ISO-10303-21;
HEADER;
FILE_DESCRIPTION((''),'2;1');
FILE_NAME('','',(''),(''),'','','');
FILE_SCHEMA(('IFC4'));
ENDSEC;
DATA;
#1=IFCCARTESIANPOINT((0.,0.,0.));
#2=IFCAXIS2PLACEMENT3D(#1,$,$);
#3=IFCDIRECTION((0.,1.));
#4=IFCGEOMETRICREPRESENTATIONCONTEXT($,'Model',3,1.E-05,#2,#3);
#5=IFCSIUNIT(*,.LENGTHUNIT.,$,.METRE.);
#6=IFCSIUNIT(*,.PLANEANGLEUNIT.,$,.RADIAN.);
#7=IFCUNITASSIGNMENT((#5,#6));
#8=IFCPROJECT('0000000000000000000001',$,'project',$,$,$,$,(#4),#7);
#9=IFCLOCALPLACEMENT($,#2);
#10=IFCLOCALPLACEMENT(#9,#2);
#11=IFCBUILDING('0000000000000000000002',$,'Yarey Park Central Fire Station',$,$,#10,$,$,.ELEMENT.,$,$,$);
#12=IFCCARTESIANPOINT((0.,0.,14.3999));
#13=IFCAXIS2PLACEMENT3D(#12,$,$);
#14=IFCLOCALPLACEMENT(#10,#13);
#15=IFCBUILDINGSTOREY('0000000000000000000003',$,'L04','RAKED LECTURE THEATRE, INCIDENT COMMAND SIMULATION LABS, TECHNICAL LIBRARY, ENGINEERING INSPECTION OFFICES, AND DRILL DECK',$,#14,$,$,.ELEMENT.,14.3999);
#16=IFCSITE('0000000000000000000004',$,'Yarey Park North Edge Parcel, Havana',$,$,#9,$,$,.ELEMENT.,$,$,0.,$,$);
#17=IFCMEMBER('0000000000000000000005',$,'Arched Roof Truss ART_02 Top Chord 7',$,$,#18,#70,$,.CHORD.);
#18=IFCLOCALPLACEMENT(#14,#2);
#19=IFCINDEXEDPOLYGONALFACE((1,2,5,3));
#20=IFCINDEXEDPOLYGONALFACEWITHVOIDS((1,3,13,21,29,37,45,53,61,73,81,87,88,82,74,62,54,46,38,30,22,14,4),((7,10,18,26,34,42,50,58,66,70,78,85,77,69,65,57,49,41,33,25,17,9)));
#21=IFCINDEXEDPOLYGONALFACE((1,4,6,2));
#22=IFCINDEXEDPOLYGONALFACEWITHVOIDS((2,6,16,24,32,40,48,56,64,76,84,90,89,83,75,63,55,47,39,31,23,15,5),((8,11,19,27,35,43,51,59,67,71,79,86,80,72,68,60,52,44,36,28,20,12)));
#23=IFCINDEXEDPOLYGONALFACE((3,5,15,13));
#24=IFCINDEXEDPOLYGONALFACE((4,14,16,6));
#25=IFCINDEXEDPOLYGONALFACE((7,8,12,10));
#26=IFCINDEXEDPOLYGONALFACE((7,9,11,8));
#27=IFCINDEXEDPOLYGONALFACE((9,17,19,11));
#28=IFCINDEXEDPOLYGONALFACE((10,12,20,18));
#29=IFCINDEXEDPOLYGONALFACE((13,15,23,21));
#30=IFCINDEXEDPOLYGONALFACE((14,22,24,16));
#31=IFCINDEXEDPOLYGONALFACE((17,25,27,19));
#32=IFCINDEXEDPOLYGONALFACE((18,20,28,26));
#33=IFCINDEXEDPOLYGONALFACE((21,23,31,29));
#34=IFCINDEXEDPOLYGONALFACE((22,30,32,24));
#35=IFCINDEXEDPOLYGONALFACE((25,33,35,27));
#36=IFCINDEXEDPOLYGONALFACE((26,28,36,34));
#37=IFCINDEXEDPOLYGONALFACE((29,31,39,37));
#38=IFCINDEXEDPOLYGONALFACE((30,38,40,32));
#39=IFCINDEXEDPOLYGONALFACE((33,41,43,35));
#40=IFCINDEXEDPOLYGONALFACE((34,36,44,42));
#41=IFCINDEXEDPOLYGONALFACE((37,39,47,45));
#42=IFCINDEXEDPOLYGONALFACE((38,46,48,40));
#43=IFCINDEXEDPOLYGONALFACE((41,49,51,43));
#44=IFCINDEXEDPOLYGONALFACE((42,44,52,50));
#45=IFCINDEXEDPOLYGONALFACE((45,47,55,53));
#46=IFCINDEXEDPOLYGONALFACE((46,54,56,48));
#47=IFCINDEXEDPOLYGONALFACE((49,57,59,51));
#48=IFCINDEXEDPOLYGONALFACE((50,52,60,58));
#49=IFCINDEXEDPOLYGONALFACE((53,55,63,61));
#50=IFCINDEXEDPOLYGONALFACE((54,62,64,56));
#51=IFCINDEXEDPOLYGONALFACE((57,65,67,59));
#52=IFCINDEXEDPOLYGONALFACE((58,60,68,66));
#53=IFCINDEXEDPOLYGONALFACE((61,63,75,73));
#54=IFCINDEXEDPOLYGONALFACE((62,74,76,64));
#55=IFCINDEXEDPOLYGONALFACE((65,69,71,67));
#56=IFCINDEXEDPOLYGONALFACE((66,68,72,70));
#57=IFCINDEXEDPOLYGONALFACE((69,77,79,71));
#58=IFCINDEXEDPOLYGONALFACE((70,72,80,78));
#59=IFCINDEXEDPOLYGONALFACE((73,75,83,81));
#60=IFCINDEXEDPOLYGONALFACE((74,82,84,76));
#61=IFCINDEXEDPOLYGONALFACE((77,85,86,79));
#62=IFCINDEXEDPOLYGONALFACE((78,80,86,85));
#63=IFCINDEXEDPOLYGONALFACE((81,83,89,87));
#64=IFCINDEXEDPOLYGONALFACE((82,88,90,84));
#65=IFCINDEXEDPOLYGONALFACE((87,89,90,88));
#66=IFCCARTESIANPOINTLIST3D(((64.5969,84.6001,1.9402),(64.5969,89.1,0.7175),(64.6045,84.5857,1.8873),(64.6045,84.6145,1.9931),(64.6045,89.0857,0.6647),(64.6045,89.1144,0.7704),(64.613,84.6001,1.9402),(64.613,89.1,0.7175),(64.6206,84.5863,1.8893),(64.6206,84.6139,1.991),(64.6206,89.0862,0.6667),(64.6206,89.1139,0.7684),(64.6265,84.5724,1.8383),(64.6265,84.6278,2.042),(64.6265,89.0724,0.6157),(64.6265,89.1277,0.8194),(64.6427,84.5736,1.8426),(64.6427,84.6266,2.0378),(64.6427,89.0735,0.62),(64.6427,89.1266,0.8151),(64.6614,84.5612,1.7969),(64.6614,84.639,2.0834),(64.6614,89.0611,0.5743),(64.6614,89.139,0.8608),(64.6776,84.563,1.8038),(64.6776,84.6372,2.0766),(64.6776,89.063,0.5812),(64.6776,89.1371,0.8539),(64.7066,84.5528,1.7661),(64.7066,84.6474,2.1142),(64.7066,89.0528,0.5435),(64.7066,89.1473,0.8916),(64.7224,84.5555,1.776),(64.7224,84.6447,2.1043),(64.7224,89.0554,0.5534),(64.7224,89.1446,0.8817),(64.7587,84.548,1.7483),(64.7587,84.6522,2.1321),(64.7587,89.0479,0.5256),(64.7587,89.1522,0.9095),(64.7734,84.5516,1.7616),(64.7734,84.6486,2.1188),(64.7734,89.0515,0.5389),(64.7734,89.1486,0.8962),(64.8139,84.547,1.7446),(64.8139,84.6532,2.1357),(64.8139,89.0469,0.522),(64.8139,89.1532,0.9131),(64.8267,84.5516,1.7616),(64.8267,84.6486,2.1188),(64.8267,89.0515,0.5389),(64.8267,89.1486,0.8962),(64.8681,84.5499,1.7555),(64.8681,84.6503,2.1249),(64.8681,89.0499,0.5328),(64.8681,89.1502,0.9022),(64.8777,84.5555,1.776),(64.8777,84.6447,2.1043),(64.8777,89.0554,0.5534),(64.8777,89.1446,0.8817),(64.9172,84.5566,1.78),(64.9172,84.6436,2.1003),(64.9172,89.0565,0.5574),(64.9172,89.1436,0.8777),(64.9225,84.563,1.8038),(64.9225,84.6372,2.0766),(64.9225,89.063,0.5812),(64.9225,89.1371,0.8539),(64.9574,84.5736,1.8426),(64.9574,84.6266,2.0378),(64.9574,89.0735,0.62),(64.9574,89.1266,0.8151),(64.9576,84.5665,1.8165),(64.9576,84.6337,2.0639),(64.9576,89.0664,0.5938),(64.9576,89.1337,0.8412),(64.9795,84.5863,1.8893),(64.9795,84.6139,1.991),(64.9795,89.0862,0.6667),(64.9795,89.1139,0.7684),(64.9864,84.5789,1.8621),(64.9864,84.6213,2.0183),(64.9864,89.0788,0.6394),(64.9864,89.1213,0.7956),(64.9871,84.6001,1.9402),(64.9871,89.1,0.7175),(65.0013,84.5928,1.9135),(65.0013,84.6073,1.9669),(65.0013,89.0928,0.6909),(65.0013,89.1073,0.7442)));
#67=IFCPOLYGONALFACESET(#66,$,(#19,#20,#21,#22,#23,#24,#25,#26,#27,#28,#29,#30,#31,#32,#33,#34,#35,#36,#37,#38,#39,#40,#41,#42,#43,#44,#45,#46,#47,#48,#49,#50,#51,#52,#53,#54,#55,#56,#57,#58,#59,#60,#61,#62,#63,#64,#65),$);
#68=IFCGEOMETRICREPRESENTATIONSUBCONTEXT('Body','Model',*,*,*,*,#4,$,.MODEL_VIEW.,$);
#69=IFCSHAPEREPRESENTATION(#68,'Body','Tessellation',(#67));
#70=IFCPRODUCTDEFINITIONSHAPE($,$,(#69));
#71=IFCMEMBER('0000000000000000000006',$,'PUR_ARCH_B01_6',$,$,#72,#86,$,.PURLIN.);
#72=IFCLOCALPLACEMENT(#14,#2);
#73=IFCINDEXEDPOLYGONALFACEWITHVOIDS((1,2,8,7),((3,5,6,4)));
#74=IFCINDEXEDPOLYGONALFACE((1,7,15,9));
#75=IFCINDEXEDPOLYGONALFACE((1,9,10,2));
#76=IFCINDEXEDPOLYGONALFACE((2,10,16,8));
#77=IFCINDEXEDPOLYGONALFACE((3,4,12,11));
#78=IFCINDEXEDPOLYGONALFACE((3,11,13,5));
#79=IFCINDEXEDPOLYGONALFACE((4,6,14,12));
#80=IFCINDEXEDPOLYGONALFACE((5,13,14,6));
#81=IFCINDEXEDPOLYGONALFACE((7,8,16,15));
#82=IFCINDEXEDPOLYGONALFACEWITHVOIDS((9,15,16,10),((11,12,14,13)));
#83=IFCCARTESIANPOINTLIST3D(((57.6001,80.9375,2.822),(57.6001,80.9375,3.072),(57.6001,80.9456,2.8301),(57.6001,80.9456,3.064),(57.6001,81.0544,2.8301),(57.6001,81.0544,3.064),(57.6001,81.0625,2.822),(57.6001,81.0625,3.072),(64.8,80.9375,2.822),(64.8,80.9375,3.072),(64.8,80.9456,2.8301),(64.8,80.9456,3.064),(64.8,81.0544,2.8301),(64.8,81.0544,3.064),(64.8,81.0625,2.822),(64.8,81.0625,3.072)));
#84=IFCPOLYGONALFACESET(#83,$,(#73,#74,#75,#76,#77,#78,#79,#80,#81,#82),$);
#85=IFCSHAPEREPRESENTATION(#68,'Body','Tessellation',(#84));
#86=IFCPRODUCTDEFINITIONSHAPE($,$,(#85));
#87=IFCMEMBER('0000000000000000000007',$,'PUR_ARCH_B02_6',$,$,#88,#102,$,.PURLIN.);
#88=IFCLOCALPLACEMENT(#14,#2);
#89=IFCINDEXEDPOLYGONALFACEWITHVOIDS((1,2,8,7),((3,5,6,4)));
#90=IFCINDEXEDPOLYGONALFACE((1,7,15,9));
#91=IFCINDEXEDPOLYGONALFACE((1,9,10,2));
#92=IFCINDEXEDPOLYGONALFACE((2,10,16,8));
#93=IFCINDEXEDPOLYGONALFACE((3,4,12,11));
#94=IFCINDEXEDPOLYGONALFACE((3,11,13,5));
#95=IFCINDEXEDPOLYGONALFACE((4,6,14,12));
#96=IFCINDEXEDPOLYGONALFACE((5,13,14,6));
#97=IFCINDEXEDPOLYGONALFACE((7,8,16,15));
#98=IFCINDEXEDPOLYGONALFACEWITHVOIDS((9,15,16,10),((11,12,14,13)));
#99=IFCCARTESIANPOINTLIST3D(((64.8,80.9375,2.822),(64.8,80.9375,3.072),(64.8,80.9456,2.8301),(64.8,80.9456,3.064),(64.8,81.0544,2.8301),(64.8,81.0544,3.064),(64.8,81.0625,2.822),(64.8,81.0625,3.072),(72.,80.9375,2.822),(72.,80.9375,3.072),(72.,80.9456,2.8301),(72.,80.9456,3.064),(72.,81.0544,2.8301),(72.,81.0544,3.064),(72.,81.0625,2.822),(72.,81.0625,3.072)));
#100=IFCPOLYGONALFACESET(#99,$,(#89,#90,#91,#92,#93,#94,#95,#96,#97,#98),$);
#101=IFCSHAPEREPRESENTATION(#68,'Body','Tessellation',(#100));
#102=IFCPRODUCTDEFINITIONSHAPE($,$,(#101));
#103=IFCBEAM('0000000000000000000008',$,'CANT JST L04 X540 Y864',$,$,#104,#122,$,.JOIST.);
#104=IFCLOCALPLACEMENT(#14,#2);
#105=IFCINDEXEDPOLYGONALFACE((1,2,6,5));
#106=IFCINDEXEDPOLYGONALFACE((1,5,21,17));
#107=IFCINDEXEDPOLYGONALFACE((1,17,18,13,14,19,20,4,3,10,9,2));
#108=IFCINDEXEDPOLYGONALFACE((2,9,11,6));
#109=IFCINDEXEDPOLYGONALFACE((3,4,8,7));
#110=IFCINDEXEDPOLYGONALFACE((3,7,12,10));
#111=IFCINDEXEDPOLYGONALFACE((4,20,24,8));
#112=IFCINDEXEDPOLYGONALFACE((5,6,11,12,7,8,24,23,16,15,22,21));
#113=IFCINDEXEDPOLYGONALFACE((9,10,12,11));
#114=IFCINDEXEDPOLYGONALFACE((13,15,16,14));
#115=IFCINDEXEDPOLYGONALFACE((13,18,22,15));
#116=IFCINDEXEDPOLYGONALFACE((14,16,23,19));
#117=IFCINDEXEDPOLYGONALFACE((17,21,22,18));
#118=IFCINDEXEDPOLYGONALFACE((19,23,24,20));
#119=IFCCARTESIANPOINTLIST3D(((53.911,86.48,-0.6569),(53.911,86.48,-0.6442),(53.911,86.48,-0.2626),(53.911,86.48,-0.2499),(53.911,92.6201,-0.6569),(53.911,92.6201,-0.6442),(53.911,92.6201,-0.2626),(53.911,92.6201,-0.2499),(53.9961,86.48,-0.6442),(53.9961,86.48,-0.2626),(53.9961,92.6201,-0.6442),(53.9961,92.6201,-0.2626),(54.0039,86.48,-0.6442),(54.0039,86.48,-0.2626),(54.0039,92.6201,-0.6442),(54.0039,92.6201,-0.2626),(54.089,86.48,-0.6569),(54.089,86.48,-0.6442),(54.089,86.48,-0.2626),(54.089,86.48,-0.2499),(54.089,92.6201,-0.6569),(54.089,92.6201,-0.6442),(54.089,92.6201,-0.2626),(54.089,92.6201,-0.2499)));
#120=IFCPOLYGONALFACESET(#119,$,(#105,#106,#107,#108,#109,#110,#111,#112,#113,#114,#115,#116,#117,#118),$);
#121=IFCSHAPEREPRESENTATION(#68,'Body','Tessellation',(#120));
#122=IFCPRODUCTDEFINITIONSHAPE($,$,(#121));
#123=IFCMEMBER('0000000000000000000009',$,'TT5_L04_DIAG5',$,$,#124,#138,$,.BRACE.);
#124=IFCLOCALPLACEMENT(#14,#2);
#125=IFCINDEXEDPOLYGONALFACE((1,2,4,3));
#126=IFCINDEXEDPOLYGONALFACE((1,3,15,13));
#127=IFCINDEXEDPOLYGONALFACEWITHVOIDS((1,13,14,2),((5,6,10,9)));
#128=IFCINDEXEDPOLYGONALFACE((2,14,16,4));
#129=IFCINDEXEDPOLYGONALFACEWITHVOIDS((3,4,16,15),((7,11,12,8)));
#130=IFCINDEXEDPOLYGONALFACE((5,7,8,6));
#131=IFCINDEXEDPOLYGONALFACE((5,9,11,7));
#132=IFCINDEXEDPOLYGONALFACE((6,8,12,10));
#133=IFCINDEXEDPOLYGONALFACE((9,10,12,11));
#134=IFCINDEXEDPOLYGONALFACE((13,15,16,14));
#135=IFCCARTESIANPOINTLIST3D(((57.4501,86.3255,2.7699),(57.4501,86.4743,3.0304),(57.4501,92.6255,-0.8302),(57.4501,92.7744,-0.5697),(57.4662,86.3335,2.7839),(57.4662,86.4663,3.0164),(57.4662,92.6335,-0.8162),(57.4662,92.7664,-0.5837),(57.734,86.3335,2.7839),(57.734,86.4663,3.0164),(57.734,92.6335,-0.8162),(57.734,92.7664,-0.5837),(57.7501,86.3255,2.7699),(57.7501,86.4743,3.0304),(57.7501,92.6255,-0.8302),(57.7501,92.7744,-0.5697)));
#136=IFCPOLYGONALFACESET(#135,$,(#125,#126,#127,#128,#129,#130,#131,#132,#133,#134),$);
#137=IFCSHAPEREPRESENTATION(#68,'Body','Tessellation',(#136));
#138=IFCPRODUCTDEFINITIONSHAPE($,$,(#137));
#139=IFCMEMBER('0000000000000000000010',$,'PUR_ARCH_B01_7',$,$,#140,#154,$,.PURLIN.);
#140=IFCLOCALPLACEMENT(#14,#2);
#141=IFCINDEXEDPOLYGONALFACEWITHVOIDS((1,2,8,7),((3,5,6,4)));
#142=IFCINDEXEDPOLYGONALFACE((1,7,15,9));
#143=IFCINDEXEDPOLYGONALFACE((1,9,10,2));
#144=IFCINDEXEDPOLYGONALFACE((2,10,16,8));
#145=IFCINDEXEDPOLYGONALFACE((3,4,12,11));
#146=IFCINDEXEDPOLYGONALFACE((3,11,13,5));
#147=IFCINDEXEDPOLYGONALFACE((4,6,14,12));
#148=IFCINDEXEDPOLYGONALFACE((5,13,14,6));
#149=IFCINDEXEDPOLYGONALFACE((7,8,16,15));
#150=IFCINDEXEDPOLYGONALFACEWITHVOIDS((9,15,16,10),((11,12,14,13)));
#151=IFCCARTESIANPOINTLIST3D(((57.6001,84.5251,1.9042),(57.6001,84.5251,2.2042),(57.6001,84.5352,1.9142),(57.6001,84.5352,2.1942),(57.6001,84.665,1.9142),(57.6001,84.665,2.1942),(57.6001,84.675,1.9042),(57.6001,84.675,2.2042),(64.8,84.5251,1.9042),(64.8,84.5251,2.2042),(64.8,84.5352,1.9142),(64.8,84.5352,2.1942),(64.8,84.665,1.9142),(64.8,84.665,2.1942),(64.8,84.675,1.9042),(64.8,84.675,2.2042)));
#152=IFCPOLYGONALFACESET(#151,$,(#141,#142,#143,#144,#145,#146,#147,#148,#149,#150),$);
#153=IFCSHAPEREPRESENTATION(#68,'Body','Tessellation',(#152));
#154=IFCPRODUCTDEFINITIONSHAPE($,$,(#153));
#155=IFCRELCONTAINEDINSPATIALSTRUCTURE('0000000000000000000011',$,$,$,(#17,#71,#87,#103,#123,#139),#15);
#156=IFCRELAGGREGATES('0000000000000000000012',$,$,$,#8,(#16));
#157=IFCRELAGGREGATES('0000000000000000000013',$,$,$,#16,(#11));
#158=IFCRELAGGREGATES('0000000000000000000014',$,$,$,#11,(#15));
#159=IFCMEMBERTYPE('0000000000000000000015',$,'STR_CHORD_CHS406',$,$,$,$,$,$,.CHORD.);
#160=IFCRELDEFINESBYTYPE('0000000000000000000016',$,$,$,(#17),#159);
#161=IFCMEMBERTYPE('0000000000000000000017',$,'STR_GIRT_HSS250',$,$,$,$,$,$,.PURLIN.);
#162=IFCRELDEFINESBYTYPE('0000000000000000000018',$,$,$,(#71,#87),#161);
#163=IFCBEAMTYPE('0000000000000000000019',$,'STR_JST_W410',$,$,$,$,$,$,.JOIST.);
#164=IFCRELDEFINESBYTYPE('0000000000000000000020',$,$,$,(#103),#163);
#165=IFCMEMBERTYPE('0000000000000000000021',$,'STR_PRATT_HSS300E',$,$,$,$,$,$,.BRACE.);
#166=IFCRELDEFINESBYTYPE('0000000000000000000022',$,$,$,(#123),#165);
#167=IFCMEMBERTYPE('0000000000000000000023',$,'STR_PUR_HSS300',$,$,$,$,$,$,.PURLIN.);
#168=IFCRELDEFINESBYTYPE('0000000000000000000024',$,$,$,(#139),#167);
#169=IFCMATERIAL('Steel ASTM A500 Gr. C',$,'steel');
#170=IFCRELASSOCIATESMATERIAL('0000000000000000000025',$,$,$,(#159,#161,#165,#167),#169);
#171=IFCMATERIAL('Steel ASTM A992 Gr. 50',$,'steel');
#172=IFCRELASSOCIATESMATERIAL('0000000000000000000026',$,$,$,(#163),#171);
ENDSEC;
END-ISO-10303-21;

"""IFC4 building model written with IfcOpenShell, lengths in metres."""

from ifc_helpers import new_model, si_unit, direction, frame, origin, origin_2d, place, context, subcontext, project, spatial, hollow_rectangle, hollow_circle, i_section, extrude, material, material_profile, profile_set, type_object, element, save


model = new_model("IFC4")

# Units and contexts
model_context = context("Model", 3, precision=1e-05, world=origin(), true_north=direction((0.0, 1.0)))
body_context = subcontext(model_context, "Body", "Model", "MODEL_VIEW")
ifc_project = project(units=[si_unit("LENGTHUNIT", "METRE"), si_unit("PLANEANGLEUNIT", "RADIAN")], contexts=[model_context])

# Site, building, storey
site_placement = place(None, origin())
site = spatial("IfcSite", under=ifc_project, at=site_placement, Name="Yarey Park North Edge Parcel, Havana", CompositionType="ELEMENT", RefElevation=0.0)
building_placement = place(site_placement, origin())
building = spatial("IfcBuilding", under=site, at=building_placement, Name="Yarey Park Central Fire Station", CompositionType="ELEMENT")
storey_placement = place(building_placement, frame((0.0, 0.0, 14.3999)))
storey = spatial("IfcBuildingStorey", under=building, at=storey_placement, Name="L04", Description="RAKED LECTURE THEATRE, INCIDENT COMMAND SIMULATION LABS, TECHNICAL LIBRARY, ENGINEERING INSPECTION OFFICES, AND DRILL DECK", CompositionType="ELEMENT", Elevation=14.3999)

# Shared definitions
ifc_material_1 = material(Name="Steel ASTM A992 Gr. 50", Category="steel")

# Members
ifc_material_2 = material(Name="Steel ASTM A500 Gr. C", Category="steel")
ifc_material_profile_1 = material_profile(ifc_material_2, hollow_circle(Radius=0.2031, WallThickness=0.0161, at=origin_2d()), Name="CHS 406.4x16")
ifc_profile_set_1 = profile_set([ifc_material_profile_1], Name="Steel ASTM A500 Gr. C")
member_type_1 = type_object("IfcMemberType", Name="STR_CHORD_CHS406", PredefinedType="CHORD", material=ifc_profile_set_1)
member_1_placement = place(storey_placement, frame((64.8, 84.6001, 1.9402), z_axis=(0.0, 0.965015, -0.262196), x_axis=(-1.0, 0.0, 0.0)))
element("IfcMember", 1, at=member_1_placement, inside=storey, type_object=member_type_1, Name="Arched Roof Truss ART_02 Top Chord 7", PredefinedType="CHORD", context=body_context, shape_type="SweptSolid", body=[
    extrude(hollow_circle(Radius=0.2031, WallThickness=0.0161, at=origin_2d()), origin(), (0.0, 0.0, 1.0), 4.6631),
])
ifc_material_profile_2 = material_profile(ifc_material_2, hollow_rectangle(XDim=0.125, YDim=0.25, WallThickness=0.0081, at=origin_2d()), Name="HSS 250x125x8")
ifc_profile_set_2 = profile_set([ifc_material_profile_2], Name="Steel ASTM A500 Gr. C")
member_type_2 = type_object("IfcMemberType", Name="STR_GIRT_HSS250", PredefinedType="PURLIN", material=ifc_profile_set_2)
for number, where, z_axis, x_axis, name in (
    (2, (57.6001, 81.0, 2.947), (1.0, 0.0, 0.0), (0.0, 1.0, 0.0), "PUR_ARCH_B01_6"),
    (3, (64.8, 81.0, 2.947), (1.0, 0.0, 0.0), (0.0, 1.0, 0.0), "PUR_ARCH_B02_6"),
):
    element("IfcMember", number, at=place(storey_placement, frame(where, z_axis=z_axis, x_axis=x_axis)), inside=storey, type_object=member_type_2, Name=name, PredefinedType="PURLIN", context=body_context, shape_type="SweptSolid", body=[
        extrude(hollow_rectangle(XDim=0.125, YDim=0.25, WallThickness=0.0081, at=origin_2d()), origin(), (0.0, 0.0, 1.0), 7.2),
    ])

# Beam
ifc_material_profile_3 = material_profile(ifc_material_1, i_section(OverallWidth=0.178, OverallDepth=0.407, WebThickness=0.0078, FlangeThickness=0.0127, at=origin_2d()), Name="W410x60")
ifc_profile_set_3 = profile_set([ifc_material_profile_3], Name="Steel ASTM A992 Gr. 50")
beam_type_1 = type_object("IfcBeamType", Name="STR_JST_W410", PredefinedType="JOIST", material=ifc_profile_set_3)
beam_1_placement = place(storey_placement, frame((54.0, 86.48, -0.4534), z_axis=(0.0, 1.0, 0.0), x_axis=(-1.0, 0.0, 0.0)))
element("IfcBeam", 4, at=beam_1_placement, inside=storey, type_object=beam_type_1, Name="CANT JST L04 X540 Y864", PredefinedType="JOIST", context=body_context, shape_type="SweptSolid", body=[
    extrude(i_section(OverallWidth=0.178, OverallDepth=0.407, WebThickness=0.0078, FlangeThickness=0.0127, at=origin_2d()), origin(), (0.0, 0.0, 1.0), 6.1401),
])

# Members
ifc_material_profile_4 = material_profile(ifc_material_2, hollow_rectangle(XDim=0.3, YDim=0.3, WallThickness=0.0161, at=origin_2d()), Name="HSS 300x300x16")
ifc_profile_set_4 = profile_set([ifc_material_profile_4], Name="Steel ASTM A500 Gr. C")
member_type_3 = type_object("IfcMemberType", Name="STR_PRATT_HSS300E", PredefinedType="BRACE", material=ifc_profile_set_4)
member_2_placement = place(storey_placement, frame((57.6001, 86.3999, 2.9001), z_axis=(0.0, 0.868239, -0.496146), x_axis=(-1.0, 0.0, 0.0)))
element("IfcMember", 5, at=member_2_placement, inside=storey, type_object=member_type_3, Name="TT5_L04_DIAG5", PredefinedType="BRACE", context=body_context, shape_type="SweptSolid", body=[
    extrude(hollow_rectangle(XDim=0.3, YDim=0.3, WallThickness=0.0161, at=origin_2d()), origin(), (0.0, 0.0, 1.0), 7.2561),
])
ifc_material_profile_5 = material_profile(ifc_material_2, hollow_rectangle(XDim=0.1499, YDim=0.3, WallThickness=0.01, at=origin_2d()), Name="HSS 300x150x10")
ifc_profile_set_5 = profile_set([ifc_material_profile_5], Name="Steel ASTM A500 Gr. C")
member_type_4 = type_object("IfcMemberType", Name="STR_PUR_HSS300", PredefinedType="PURLIN", material=ifc_profile_set_5)
member_3_placement = place(storey_placement, frame((57.6001, 84.6001, 2.0542), z_axis=(1.0, 0.0, 0.0), x_axis=(0.0, 1.0, 0.0)))
element("IfcMember", 6, at=member_3_placement, inside=storey, type_object=member_type_4, Name="PUR_ARCH_B01_7", PredefinedType="PURLIN", context=body_context, shape_type="SweptSolid", body=[
    extrude(hollow_rectangle(XDim=0.1499, YDim=0.3, WallThickness=0.01, at=origin_2d()), origin(), (0.0, 0.0, 1.0), 7.2),
])

save(model, "model.ifc")
